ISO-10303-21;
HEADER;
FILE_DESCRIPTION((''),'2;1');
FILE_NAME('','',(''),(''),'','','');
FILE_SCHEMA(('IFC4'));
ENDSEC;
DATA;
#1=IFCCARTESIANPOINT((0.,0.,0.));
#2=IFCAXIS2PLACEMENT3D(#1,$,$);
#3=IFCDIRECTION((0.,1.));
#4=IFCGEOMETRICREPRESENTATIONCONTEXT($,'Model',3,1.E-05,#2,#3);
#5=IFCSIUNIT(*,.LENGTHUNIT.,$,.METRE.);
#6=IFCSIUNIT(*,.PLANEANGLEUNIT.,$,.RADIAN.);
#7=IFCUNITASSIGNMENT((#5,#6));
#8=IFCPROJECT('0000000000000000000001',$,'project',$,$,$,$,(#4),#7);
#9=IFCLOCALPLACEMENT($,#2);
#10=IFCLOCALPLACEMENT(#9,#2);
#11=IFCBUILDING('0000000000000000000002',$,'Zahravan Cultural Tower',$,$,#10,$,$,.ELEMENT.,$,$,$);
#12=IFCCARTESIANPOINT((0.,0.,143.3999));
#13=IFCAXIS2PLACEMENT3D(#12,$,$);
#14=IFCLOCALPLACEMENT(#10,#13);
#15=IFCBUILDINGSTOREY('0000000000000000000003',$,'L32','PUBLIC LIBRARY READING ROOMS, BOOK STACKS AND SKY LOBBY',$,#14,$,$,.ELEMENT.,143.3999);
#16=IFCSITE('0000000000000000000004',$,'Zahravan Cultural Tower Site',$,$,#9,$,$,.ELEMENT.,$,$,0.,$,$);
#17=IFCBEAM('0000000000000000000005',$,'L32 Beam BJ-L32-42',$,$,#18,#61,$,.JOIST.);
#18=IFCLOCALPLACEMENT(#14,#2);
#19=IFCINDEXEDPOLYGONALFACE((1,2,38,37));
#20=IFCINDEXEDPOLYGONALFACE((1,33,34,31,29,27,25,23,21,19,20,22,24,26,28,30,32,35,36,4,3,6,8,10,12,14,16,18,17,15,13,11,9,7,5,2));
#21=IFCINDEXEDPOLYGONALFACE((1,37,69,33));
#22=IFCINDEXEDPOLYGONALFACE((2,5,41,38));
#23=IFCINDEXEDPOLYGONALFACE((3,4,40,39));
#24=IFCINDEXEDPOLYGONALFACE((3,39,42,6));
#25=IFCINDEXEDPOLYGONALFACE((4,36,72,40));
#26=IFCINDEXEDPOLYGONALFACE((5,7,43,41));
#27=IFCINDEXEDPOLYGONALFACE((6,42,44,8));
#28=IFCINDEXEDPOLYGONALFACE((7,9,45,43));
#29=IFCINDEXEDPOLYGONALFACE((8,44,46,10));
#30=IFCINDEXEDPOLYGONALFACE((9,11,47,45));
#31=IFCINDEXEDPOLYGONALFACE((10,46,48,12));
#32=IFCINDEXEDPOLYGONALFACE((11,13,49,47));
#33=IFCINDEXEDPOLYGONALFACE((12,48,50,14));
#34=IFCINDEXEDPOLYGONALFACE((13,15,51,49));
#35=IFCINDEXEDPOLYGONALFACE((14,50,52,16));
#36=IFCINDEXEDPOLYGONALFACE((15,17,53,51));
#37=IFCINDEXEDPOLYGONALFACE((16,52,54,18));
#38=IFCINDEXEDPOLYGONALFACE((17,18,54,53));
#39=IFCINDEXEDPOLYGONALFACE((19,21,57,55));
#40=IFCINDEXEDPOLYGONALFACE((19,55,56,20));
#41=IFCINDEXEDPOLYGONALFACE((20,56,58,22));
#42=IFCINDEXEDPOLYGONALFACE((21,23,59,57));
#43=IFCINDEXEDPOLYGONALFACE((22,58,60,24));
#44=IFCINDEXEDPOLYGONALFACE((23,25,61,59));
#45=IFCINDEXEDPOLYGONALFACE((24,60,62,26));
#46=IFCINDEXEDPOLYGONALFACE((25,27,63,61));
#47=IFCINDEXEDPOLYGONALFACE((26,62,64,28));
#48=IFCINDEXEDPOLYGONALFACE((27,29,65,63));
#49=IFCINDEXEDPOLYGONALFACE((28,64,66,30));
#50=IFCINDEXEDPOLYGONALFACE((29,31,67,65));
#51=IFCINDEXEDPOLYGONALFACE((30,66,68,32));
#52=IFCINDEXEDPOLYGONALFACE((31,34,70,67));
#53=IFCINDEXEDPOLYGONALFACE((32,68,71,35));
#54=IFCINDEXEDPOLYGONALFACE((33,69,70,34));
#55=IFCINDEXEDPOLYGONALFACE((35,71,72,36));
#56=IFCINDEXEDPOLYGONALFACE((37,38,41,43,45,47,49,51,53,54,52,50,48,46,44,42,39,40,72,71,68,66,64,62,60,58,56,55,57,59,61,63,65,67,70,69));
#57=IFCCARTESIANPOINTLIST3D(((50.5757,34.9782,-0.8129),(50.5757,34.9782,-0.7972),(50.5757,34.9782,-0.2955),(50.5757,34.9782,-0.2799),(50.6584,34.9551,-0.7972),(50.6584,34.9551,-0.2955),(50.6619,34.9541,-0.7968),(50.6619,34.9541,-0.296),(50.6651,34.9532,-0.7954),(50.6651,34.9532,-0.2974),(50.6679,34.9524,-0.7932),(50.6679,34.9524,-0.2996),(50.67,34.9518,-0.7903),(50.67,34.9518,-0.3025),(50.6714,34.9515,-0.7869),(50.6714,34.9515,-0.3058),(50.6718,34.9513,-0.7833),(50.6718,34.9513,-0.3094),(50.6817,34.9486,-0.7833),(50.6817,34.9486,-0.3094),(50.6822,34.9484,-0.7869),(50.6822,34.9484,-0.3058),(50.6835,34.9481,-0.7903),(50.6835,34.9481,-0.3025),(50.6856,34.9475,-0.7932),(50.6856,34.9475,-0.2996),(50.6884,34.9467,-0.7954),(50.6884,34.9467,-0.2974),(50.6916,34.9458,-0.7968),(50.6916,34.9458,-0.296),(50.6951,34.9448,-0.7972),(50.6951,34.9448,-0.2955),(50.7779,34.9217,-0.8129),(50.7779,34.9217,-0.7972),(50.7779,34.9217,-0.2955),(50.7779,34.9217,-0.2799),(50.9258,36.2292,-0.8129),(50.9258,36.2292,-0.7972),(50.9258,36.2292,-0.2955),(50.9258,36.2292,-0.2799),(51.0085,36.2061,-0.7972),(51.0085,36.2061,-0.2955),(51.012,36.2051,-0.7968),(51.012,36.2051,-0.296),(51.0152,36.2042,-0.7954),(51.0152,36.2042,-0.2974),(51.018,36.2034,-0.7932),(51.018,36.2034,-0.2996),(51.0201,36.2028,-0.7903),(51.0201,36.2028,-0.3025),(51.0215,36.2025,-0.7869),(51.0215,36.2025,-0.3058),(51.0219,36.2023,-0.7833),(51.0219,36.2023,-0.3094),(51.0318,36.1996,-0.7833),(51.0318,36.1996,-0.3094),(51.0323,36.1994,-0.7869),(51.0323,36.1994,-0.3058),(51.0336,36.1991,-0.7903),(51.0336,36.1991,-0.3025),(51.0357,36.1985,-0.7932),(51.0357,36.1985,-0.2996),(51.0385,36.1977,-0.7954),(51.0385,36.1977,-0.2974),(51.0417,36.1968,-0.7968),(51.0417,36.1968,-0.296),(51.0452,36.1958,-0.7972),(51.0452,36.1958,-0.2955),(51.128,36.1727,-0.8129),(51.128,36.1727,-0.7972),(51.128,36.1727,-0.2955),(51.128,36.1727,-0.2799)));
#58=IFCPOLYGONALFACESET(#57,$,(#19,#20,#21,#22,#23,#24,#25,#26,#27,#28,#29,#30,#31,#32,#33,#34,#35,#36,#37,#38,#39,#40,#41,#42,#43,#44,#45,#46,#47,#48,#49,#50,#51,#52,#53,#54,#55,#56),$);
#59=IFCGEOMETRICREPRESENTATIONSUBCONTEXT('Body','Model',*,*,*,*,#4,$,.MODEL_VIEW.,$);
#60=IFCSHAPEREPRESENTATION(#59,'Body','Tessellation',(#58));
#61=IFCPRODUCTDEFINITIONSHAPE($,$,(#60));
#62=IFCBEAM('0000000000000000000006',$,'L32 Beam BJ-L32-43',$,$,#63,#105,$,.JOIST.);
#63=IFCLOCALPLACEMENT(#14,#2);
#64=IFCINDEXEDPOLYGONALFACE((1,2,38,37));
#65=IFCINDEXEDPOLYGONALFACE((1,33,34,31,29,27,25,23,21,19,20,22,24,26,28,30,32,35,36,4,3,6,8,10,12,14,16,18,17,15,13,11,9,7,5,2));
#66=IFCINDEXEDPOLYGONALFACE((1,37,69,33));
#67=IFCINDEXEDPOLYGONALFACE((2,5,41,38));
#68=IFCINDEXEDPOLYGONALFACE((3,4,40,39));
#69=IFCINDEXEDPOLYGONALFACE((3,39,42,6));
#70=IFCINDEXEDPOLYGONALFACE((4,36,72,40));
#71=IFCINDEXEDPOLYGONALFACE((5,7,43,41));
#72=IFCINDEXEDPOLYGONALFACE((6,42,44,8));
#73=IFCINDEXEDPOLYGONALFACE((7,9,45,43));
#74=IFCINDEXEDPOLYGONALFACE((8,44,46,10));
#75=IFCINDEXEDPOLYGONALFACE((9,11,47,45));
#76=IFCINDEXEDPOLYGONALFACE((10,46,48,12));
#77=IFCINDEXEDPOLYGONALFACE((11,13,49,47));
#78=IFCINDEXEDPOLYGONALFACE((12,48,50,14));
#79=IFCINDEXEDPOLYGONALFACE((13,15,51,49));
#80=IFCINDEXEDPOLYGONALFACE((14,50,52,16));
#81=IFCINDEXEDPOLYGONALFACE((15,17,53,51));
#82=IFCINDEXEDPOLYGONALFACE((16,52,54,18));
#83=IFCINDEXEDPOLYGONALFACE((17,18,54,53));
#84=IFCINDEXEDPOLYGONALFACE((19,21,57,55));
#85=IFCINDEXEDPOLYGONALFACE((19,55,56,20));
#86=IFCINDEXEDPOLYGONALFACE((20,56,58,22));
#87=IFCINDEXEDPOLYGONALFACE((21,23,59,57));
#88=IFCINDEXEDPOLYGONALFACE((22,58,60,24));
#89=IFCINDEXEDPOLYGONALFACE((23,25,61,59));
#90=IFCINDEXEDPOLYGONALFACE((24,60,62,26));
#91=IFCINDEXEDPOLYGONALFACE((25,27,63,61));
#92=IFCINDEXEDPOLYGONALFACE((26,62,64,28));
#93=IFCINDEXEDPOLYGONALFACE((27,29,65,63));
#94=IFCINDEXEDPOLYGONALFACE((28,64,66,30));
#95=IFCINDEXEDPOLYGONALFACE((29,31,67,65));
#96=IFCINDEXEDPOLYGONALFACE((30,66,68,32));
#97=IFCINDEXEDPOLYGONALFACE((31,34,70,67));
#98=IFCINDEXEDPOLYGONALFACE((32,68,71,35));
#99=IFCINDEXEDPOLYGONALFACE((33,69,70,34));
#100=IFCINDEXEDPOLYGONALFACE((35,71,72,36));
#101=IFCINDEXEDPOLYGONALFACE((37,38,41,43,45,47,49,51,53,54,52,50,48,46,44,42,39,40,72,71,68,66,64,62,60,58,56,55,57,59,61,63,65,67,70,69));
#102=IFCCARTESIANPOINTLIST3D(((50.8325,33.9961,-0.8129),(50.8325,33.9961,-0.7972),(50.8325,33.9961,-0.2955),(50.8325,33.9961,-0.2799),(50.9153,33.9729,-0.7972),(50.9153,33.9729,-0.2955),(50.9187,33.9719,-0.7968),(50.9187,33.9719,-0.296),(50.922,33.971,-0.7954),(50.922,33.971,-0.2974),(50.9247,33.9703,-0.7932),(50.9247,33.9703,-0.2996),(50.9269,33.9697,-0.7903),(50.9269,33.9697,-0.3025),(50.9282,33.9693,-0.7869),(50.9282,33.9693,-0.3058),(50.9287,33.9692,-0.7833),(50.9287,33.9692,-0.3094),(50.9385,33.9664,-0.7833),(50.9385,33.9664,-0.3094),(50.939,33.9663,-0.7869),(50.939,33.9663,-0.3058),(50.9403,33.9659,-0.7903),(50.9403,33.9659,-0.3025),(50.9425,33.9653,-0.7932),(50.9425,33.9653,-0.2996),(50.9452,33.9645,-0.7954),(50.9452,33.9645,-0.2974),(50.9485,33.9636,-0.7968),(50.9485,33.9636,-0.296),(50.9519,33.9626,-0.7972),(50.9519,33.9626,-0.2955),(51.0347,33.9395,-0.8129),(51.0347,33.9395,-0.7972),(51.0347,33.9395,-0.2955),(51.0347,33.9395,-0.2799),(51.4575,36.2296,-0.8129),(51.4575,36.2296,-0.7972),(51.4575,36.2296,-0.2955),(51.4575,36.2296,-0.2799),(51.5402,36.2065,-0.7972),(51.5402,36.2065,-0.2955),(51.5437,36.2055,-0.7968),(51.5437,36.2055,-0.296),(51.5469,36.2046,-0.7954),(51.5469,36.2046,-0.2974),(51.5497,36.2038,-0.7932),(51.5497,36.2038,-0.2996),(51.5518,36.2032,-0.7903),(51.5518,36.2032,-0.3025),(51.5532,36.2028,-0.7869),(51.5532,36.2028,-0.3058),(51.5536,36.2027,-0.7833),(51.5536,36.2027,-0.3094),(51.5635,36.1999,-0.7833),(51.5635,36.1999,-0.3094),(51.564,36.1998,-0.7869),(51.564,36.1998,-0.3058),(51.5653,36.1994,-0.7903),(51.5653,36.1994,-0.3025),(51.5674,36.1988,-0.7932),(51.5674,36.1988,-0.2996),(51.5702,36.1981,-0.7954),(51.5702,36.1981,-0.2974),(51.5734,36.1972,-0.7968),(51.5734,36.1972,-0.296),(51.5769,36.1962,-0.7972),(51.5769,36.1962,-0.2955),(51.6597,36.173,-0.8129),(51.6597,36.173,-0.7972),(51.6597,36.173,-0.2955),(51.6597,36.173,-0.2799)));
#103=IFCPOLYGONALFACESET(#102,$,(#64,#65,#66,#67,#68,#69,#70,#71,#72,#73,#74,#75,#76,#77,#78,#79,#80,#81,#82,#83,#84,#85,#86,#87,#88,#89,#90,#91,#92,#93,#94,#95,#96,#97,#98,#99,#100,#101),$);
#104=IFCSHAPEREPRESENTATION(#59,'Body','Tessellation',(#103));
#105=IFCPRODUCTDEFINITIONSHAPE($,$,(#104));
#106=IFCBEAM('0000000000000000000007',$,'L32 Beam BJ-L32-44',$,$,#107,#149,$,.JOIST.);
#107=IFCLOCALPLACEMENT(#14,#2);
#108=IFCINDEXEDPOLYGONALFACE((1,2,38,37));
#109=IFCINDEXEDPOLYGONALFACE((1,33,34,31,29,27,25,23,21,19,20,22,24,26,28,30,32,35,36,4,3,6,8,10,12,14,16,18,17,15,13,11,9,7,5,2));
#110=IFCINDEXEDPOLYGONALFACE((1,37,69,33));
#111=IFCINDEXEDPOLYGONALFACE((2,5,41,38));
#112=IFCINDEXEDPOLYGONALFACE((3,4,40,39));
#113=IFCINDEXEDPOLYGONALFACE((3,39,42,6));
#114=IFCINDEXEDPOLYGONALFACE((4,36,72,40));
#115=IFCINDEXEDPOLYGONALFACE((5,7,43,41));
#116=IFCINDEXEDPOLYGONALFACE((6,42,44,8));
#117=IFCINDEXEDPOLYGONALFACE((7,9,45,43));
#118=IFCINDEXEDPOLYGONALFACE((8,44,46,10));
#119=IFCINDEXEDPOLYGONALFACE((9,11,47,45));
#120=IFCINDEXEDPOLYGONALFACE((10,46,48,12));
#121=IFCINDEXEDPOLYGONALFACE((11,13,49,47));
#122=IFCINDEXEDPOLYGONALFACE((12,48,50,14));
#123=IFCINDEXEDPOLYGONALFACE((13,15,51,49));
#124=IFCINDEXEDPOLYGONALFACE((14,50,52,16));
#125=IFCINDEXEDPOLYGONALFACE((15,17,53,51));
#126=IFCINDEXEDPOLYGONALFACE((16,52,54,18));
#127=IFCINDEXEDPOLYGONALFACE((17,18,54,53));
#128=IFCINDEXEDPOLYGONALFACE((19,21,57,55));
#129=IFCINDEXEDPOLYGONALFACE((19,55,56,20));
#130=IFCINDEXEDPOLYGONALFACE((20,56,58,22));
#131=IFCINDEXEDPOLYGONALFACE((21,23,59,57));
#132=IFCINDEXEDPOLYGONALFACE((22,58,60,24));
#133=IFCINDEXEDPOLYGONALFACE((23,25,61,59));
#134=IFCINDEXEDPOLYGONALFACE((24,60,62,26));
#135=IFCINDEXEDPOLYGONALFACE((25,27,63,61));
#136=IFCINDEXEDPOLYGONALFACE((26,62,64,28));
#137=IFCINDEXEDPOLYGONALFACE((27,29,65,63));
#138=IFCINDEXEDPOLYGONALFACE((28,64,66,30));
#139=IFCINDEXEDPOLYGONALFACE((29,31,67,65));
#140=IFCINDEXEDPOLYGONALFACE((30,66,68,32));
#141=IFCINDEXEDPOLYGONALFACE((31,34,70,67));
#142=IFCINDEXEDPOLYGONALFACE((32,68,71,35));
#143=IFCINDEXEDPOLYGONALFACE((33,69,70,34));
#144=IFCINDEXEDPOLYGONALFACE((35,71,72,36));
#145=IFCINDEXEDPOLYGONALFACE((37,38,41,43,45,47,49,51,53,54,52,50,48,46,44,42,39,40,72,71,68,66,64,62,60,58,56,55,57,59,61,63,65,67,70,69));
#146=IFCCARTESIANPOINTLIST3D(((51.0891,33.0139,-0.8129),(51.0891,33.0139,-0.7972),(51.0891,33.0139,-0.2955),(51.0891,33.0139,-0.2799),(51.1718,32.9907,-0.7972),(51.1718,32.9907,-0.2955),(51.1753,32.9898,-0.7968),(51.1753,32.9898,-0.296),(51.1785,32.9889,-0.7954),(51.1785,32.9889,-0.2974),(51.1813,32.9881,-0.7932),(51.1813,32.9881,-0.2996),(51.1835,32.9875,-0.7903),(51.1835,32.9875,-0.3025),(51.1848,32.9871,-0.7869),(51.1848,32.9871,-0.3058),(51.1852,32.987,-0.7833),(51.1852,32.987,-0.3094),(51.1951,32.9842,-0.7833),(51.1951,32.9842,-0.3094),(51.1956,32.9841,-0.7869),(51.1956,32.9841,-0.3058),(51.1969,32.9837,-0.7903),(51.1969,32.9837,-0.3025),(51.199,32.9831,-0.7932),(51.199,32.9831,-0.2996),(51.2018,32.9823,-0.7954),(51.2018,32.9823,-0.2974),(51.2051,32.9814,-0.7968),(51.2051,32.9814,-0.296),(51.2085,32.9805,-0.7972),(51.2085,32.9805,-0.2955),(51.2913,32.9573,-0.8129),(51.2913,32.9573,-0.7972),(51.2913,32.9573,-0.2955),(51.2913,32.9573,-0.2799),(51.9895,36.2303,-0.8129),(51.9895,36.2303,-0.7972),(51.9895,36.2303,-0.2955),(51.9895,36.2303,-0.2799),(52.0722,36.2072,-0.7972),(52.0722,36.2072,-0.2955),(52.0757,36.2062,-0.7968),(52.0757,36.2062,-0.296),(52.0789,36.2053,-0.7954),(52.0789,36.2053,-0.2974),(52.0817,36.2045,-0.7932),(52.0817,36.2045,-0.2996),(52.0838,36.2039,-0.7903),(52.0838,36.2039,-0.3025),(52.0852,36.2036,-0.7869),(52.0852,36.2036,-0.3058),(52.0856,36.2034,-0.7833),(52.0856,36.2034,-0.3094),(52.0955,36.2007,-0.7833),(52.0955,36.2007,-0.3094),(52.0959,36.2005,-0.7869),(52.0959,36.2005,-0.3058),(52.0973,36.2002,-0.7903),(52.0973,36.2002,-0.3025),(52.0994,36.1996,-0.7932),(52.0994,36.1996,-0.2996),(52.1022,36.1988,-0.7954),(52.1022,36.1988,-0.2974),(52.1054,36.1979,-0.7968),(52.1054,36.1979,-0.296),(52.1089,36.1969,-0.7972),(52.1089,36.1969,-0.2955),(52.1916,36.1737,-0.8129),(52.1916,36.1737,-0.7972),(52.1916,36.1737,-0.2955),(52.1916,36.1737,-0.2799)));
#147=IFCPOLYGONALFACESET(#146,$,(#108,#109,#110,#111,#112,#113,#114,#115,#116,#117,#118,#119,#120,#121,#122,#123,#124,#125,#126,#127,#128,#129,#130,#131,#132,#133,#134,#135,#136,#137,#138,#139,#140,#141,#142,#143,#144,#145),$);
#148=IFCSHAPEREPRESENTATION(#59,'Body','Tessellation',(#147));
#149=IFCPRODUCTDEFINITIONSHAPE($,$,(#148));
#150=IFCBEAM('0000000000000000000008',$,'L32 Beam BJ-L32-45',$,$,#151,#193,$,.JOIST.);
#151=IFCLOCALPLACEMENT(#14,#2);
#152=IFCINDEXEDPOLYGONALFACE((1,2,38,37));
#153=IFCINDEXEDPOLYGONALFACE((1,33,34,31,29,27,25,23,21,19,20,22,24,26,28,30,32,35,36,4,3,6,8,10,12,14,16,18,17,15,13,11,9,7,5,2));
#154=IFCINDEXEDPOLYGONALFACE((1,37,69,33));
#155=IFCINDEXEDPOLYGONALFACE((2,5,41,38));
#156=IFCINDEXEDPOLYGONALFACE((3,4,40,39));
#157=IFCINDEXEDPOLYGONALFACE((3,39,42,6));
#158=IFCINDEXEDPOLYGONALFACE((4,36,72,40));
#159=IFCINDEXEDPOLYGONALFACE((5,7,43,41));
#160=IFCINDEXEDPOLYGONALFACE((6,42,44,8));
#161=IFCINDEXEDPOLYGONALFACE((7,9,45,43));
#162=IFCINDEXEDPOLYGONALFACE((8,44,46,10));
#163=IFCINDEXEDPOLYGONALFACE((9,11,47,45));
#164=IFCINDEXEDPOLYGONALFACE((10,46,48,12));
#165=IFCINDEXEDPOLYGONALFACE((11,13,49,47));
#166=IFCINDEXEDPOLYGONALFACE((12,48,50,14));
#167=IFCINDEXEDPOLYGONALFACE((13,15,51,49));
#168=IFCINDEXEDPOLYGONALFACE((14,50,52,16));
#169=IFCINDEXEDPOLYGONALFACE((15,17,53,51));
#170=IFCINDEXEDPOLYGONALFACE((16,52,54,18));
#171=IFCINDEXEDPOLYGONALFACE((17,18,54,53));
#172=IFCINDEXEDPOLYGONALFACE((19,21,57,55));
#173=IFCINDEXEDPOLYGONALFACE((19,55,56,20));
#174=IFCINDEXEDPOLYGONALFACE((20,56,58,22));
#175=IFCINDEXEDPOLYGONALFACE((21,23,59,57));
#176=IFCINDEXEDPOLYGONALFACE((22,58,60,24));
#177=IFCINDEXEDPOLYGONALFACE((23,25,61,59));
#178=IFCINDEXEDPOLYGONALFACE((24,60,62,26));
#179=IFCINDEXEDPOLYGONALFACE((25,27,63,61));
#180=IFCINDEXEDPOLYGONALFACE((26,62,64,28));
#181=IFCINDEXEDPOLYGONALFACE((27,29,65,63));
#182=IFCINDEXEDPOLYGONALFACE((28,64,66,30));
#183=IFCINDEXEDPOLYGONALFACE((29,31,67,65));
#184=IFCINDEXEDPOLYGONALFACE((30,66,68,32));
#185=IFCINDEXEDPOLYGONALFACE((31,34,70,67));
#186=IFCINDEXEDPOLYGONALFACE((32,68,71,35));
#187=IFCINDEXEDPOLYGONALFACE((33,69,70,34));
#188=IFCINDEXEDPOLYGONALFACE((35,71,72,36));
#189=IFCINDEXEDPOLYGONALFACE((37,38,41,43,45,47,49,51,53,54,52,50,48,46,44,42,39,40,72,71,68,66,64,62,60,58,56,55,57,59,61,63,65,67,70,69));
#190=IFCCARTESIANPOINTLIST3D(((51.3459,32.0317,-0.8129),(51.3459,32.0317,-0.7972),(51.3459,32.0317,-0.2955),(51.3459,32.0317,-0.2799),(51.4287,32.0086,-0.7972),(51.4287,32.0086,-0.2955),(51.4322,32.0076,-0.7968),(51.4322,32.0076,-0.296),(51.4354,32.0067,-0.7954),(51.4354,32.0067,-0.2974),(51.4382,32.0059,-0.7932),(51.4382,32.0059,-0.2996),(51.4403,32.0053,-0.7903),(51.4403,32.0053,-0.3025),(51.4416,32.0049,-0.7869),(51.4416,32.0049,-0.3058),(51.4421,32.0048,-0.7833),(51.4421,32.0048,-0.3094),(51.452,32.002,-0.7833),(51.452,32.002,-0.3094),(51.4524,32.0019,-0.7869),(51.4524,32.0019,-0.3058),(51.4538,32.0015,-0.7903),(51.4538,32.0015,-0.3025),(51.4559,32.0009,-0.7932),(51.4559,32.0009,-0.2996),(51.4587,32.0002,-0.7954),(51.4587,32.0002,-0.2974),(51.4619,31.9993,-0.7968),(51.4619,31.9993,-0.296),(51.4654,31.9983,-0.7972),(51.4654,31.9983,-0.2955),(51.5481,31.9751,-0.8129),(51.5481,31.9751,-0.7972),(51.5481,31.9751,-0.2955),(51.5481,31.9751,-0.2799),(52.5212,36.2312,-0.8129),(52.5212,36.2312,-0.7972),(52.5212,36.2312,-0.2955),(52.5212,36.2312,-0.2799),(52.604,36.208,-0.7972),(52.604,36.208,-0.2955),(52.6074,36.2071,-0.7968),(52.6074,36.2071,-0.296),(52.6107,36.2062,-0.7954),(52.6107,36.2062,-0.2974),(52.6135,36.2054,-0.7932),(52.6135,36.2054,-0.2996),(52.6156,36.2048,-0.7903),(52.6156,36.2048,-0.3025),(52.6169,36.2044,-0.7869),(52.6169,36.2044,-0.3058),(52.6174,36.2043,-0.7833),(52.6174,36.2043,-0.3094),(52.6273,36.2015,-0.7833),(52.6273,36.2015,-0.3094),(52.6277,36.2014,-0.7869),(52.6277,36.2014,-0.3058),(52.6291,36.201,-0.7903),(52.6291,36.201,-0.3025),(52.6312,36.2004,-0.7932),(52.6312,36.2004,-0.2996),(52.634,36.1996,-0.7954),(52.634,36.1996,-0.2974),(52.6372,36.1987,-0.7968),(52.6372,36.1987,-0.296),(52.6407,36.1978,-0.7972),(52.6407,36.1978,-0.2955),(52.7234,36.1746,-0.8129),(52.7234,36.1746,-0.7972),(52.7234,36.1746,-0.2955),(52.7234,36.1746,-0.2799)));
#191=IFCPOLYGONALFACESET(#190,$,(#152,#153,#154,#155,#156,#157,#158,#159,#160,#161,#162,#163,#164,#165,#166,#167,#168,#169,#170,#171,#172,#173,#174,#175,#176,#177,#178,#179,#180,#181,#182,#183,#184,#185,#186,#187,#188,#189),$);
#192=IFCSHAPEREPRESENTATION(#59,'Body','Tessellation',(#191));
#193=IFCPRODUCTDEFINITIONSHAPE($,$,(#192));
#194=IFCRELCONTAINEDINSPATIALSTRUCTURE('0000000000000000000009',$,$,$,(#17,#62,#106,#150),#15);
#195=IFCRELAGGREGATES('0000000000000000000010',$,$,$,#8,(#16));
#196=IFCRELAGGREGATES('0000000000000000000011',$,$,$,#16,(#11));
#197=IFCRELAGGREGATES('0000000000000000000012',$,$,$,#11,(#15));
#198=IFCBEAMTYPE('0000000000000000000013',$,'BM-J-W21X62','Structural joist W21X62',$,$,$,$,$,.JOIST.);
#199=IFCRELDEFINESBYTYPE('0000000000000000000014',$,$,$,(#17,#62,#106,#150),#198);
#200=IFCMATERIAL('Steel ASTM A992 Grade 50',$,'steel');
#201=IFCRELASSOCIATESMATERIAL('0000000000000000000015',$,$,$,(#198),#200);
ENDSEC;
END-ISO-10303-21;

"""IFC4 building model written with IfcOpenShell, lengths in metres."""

from ifc_helpers import new_model, si_unit, direction, frame, origin, origin_2d, place, context, subcontext, project, spatial, i_section, extrude, source, transform, mapped, material, material_profile, profile_set, type_object, element, save


model = new_model("IFC4")

# Units and contexts
model_context = context("Model", 3, precision=1e-05, world=origin(), true_north=direction((0.0, 1.0)))
body_context = subcontext(model_context, "Body", "Model", "MODEL_VIEW")
ifc_project = project(units=[si_unit("LENGTHUNIT", "METRE"), si_unit("PLANEANGLEUNIT", "RADIAN")], contexts=[model_context])

# Site, building, storey
site_placement = place(None, origin())
site = spatial("IfcSite", under=ifc_project, at=site_placement, Name="Zahravan Cultural Tower Site", CompositionType="ELEMENT", RefElevation=0.0)
building_placement = place(site_placement, origin())
building = spatial("IfcBuilding", under=site, at=building_placement, Name="Zahravan Cultural Tower", CompositionType="ELEMENT")
storey_placement = place(building_placement, frame((0.0, 0.0, 143.3999)))
storey = spatial("IfcBuildingStorey", under=building, at=storey_placement, Name="L32", Description="PUBLIC LIBRARY READING ROOMS, BOOK STACKS AND SKY LOBBY", CompositionType="ELEMENT", Elevation=143.3999)

# Shared definitions
ifc_material_1 = material(Name="Steel ASTM A992 Grade 50", Category="steel")

# Beams
ifc_material_profile_1 = material_profile(ifc_material_1, i_section(OverallWidth=0.21, OverallDepth=0.533, WebThickness=0.0103, FlangeThickness=0.0156, FilletRadius=0.0139, at=origin_2d()), Name="W21X62")
ifc_profile_set_1 = profile_set([ifc_material_profile_1], Name="Steel ASTM A992 Grade 50")
beam_type_1 = type_object("IfcBeamType", Name="BM-J-W21X62", Description="Structural joist W21X62", PredefinedType="JOIST", material=ifc_profile_set_1)
shared_shape_1 = source(origin(), body_context, "Body", "SweptSolid", [
    extrude(i_section(OverallWidth=0.21, OverallDepth=0.533, WebThickness=0.0103, FlangeThickness=0.0156, FilletRadius=0.0139, at=origin_2d()), origin(), (0.0, 0.0, 1.0), 1.2991),
])
beam_1_placement = place(storey_placement, frame((50.6768, 34.95, -0.5464), z_axis=(0.269504, 0.962999, 0.0), x_axis=(-0.962999, 0.269504, 0.0)))
element("IfcBeam", 1, at=beam_1_placement, inside=storey, type_object=beam_type_1, Name="L32 Beam BJ-L32-42", PredefinedType="JOIST", context=body_context, shape_type="MappedRepresentation", body=[
    mapped(shared_shape_1, transform((0.0, 0.0, 0.0), x_axis=(1.0, 0.0, 0.0), y_axis=(0.0, 1.0, 0.0), z_axis=(0.0, 0.0, 1.0), scale=1.0)),
])
shared_shape_2 = source(origin(), body_context, "Body", "SweptSolid", [
    extrude(i_section(OverallWidth=0.21, OverallDepth=0.533, WebThickness=0.0103, FlangeThickness=0.0156, FilletRadius=0.0139, at=origin_2d()), origin(), (0.0, 0.0, 1.0), 2.3193),
])
beam_2_placement = place(storey_placement, frame((50.9336, 33.9678, -0.5464), z_axis=(0.269462, 0.963011, 0.0), x_axis=(-0.963011, 0.269462, 0.0)))
element("IfcBeam", 2, at=beam_2_placement, inside=storey, type_object=beam_type_1, Name="L32 Beam BJ-L32-43", PredefinedType="JOIST", context=body_context, shape_type="MappedRepresentation", body=[
    mapped(shared_shape_2, transform((0.0, 0.0, 0.0), x_axis=(1.0, 0.0, 0.0), y_axis=(0.0, 1.0, 0.0), z_axis=(0.0, 0.0, 1.0), scale=1.0)),
])
shared_shape_3 = source(origin(), body_context, "Body", "SweptSolid", [
    extrude(i_section(OverallWidth=0.21, OverallDepth=0.533, WebThickness=0.0103, FlangeThickness=0.0156, FilletRadius=0.0139, at=origin_2d()), origin(), (0.0, 0.0, 1.0), 3.3401),
])
beam_3_placement = place(storey_placement, frame((51.1902, 32.9856, -0.5464), z_axis=(0.269562, 0.962983, 0.0), x_axis=(-0.962983, 0.269562, 0.0)))
element("IfcBeam", 3, at=beam_3_placement, inside=storey, type_object=beam_type_1, Name="L32 Beam BJ-L32-44", PredefinedType="JOIST", context=body_context, shape_type="MappedRepresentation", body=[
    mapped(shared_shape_3, transform((0.0, 0.0, 0.0), x_axis=(1.0, 0.0, 0.0), y_axis=(0.0, 1.0, 0.0), z_axis=(0.0, 0.0, 1.0), scale=1.0)),
])
shared_shape_4 = source(origin(), body_context, "Body", "SweptSolid", [
    extrude(i_section(OverallWidth=0.21, OverallDepth=0.533, WebThickness=0.0103, FlangeThickness=0.0156, FilletRadius=0.0139, at=origin_2d()), origin(), (0.0, 0.0, 1.0), 4.3608),
])
beam_4_placement = place(storey_placement, frame((51.447, 32.0034, -0.5464), z_axis=(0.269512, 0.962997, 0.0), x_axis=(-0.962997, 0.269512, 0.0)))
element("IfcBeam", 4, at=beam_4_placement, inside=storey, type_object=beam_type_1, Name="L32 Beam BJ-L32-45", PredefinedType="JOIST", context=body_context, shape_type="MappedRepresentation", body=[
    mapped(shared_shape_4, transform((0.0, 0.0, 0.0), x_axis=(1.0, 0.0, 0.0), y_axis=(0.0, 1.0, 0.0), z_axis=(0.0, 0.0, 1.0), scale=1.0)),
])

save(model, "model.ifc")
